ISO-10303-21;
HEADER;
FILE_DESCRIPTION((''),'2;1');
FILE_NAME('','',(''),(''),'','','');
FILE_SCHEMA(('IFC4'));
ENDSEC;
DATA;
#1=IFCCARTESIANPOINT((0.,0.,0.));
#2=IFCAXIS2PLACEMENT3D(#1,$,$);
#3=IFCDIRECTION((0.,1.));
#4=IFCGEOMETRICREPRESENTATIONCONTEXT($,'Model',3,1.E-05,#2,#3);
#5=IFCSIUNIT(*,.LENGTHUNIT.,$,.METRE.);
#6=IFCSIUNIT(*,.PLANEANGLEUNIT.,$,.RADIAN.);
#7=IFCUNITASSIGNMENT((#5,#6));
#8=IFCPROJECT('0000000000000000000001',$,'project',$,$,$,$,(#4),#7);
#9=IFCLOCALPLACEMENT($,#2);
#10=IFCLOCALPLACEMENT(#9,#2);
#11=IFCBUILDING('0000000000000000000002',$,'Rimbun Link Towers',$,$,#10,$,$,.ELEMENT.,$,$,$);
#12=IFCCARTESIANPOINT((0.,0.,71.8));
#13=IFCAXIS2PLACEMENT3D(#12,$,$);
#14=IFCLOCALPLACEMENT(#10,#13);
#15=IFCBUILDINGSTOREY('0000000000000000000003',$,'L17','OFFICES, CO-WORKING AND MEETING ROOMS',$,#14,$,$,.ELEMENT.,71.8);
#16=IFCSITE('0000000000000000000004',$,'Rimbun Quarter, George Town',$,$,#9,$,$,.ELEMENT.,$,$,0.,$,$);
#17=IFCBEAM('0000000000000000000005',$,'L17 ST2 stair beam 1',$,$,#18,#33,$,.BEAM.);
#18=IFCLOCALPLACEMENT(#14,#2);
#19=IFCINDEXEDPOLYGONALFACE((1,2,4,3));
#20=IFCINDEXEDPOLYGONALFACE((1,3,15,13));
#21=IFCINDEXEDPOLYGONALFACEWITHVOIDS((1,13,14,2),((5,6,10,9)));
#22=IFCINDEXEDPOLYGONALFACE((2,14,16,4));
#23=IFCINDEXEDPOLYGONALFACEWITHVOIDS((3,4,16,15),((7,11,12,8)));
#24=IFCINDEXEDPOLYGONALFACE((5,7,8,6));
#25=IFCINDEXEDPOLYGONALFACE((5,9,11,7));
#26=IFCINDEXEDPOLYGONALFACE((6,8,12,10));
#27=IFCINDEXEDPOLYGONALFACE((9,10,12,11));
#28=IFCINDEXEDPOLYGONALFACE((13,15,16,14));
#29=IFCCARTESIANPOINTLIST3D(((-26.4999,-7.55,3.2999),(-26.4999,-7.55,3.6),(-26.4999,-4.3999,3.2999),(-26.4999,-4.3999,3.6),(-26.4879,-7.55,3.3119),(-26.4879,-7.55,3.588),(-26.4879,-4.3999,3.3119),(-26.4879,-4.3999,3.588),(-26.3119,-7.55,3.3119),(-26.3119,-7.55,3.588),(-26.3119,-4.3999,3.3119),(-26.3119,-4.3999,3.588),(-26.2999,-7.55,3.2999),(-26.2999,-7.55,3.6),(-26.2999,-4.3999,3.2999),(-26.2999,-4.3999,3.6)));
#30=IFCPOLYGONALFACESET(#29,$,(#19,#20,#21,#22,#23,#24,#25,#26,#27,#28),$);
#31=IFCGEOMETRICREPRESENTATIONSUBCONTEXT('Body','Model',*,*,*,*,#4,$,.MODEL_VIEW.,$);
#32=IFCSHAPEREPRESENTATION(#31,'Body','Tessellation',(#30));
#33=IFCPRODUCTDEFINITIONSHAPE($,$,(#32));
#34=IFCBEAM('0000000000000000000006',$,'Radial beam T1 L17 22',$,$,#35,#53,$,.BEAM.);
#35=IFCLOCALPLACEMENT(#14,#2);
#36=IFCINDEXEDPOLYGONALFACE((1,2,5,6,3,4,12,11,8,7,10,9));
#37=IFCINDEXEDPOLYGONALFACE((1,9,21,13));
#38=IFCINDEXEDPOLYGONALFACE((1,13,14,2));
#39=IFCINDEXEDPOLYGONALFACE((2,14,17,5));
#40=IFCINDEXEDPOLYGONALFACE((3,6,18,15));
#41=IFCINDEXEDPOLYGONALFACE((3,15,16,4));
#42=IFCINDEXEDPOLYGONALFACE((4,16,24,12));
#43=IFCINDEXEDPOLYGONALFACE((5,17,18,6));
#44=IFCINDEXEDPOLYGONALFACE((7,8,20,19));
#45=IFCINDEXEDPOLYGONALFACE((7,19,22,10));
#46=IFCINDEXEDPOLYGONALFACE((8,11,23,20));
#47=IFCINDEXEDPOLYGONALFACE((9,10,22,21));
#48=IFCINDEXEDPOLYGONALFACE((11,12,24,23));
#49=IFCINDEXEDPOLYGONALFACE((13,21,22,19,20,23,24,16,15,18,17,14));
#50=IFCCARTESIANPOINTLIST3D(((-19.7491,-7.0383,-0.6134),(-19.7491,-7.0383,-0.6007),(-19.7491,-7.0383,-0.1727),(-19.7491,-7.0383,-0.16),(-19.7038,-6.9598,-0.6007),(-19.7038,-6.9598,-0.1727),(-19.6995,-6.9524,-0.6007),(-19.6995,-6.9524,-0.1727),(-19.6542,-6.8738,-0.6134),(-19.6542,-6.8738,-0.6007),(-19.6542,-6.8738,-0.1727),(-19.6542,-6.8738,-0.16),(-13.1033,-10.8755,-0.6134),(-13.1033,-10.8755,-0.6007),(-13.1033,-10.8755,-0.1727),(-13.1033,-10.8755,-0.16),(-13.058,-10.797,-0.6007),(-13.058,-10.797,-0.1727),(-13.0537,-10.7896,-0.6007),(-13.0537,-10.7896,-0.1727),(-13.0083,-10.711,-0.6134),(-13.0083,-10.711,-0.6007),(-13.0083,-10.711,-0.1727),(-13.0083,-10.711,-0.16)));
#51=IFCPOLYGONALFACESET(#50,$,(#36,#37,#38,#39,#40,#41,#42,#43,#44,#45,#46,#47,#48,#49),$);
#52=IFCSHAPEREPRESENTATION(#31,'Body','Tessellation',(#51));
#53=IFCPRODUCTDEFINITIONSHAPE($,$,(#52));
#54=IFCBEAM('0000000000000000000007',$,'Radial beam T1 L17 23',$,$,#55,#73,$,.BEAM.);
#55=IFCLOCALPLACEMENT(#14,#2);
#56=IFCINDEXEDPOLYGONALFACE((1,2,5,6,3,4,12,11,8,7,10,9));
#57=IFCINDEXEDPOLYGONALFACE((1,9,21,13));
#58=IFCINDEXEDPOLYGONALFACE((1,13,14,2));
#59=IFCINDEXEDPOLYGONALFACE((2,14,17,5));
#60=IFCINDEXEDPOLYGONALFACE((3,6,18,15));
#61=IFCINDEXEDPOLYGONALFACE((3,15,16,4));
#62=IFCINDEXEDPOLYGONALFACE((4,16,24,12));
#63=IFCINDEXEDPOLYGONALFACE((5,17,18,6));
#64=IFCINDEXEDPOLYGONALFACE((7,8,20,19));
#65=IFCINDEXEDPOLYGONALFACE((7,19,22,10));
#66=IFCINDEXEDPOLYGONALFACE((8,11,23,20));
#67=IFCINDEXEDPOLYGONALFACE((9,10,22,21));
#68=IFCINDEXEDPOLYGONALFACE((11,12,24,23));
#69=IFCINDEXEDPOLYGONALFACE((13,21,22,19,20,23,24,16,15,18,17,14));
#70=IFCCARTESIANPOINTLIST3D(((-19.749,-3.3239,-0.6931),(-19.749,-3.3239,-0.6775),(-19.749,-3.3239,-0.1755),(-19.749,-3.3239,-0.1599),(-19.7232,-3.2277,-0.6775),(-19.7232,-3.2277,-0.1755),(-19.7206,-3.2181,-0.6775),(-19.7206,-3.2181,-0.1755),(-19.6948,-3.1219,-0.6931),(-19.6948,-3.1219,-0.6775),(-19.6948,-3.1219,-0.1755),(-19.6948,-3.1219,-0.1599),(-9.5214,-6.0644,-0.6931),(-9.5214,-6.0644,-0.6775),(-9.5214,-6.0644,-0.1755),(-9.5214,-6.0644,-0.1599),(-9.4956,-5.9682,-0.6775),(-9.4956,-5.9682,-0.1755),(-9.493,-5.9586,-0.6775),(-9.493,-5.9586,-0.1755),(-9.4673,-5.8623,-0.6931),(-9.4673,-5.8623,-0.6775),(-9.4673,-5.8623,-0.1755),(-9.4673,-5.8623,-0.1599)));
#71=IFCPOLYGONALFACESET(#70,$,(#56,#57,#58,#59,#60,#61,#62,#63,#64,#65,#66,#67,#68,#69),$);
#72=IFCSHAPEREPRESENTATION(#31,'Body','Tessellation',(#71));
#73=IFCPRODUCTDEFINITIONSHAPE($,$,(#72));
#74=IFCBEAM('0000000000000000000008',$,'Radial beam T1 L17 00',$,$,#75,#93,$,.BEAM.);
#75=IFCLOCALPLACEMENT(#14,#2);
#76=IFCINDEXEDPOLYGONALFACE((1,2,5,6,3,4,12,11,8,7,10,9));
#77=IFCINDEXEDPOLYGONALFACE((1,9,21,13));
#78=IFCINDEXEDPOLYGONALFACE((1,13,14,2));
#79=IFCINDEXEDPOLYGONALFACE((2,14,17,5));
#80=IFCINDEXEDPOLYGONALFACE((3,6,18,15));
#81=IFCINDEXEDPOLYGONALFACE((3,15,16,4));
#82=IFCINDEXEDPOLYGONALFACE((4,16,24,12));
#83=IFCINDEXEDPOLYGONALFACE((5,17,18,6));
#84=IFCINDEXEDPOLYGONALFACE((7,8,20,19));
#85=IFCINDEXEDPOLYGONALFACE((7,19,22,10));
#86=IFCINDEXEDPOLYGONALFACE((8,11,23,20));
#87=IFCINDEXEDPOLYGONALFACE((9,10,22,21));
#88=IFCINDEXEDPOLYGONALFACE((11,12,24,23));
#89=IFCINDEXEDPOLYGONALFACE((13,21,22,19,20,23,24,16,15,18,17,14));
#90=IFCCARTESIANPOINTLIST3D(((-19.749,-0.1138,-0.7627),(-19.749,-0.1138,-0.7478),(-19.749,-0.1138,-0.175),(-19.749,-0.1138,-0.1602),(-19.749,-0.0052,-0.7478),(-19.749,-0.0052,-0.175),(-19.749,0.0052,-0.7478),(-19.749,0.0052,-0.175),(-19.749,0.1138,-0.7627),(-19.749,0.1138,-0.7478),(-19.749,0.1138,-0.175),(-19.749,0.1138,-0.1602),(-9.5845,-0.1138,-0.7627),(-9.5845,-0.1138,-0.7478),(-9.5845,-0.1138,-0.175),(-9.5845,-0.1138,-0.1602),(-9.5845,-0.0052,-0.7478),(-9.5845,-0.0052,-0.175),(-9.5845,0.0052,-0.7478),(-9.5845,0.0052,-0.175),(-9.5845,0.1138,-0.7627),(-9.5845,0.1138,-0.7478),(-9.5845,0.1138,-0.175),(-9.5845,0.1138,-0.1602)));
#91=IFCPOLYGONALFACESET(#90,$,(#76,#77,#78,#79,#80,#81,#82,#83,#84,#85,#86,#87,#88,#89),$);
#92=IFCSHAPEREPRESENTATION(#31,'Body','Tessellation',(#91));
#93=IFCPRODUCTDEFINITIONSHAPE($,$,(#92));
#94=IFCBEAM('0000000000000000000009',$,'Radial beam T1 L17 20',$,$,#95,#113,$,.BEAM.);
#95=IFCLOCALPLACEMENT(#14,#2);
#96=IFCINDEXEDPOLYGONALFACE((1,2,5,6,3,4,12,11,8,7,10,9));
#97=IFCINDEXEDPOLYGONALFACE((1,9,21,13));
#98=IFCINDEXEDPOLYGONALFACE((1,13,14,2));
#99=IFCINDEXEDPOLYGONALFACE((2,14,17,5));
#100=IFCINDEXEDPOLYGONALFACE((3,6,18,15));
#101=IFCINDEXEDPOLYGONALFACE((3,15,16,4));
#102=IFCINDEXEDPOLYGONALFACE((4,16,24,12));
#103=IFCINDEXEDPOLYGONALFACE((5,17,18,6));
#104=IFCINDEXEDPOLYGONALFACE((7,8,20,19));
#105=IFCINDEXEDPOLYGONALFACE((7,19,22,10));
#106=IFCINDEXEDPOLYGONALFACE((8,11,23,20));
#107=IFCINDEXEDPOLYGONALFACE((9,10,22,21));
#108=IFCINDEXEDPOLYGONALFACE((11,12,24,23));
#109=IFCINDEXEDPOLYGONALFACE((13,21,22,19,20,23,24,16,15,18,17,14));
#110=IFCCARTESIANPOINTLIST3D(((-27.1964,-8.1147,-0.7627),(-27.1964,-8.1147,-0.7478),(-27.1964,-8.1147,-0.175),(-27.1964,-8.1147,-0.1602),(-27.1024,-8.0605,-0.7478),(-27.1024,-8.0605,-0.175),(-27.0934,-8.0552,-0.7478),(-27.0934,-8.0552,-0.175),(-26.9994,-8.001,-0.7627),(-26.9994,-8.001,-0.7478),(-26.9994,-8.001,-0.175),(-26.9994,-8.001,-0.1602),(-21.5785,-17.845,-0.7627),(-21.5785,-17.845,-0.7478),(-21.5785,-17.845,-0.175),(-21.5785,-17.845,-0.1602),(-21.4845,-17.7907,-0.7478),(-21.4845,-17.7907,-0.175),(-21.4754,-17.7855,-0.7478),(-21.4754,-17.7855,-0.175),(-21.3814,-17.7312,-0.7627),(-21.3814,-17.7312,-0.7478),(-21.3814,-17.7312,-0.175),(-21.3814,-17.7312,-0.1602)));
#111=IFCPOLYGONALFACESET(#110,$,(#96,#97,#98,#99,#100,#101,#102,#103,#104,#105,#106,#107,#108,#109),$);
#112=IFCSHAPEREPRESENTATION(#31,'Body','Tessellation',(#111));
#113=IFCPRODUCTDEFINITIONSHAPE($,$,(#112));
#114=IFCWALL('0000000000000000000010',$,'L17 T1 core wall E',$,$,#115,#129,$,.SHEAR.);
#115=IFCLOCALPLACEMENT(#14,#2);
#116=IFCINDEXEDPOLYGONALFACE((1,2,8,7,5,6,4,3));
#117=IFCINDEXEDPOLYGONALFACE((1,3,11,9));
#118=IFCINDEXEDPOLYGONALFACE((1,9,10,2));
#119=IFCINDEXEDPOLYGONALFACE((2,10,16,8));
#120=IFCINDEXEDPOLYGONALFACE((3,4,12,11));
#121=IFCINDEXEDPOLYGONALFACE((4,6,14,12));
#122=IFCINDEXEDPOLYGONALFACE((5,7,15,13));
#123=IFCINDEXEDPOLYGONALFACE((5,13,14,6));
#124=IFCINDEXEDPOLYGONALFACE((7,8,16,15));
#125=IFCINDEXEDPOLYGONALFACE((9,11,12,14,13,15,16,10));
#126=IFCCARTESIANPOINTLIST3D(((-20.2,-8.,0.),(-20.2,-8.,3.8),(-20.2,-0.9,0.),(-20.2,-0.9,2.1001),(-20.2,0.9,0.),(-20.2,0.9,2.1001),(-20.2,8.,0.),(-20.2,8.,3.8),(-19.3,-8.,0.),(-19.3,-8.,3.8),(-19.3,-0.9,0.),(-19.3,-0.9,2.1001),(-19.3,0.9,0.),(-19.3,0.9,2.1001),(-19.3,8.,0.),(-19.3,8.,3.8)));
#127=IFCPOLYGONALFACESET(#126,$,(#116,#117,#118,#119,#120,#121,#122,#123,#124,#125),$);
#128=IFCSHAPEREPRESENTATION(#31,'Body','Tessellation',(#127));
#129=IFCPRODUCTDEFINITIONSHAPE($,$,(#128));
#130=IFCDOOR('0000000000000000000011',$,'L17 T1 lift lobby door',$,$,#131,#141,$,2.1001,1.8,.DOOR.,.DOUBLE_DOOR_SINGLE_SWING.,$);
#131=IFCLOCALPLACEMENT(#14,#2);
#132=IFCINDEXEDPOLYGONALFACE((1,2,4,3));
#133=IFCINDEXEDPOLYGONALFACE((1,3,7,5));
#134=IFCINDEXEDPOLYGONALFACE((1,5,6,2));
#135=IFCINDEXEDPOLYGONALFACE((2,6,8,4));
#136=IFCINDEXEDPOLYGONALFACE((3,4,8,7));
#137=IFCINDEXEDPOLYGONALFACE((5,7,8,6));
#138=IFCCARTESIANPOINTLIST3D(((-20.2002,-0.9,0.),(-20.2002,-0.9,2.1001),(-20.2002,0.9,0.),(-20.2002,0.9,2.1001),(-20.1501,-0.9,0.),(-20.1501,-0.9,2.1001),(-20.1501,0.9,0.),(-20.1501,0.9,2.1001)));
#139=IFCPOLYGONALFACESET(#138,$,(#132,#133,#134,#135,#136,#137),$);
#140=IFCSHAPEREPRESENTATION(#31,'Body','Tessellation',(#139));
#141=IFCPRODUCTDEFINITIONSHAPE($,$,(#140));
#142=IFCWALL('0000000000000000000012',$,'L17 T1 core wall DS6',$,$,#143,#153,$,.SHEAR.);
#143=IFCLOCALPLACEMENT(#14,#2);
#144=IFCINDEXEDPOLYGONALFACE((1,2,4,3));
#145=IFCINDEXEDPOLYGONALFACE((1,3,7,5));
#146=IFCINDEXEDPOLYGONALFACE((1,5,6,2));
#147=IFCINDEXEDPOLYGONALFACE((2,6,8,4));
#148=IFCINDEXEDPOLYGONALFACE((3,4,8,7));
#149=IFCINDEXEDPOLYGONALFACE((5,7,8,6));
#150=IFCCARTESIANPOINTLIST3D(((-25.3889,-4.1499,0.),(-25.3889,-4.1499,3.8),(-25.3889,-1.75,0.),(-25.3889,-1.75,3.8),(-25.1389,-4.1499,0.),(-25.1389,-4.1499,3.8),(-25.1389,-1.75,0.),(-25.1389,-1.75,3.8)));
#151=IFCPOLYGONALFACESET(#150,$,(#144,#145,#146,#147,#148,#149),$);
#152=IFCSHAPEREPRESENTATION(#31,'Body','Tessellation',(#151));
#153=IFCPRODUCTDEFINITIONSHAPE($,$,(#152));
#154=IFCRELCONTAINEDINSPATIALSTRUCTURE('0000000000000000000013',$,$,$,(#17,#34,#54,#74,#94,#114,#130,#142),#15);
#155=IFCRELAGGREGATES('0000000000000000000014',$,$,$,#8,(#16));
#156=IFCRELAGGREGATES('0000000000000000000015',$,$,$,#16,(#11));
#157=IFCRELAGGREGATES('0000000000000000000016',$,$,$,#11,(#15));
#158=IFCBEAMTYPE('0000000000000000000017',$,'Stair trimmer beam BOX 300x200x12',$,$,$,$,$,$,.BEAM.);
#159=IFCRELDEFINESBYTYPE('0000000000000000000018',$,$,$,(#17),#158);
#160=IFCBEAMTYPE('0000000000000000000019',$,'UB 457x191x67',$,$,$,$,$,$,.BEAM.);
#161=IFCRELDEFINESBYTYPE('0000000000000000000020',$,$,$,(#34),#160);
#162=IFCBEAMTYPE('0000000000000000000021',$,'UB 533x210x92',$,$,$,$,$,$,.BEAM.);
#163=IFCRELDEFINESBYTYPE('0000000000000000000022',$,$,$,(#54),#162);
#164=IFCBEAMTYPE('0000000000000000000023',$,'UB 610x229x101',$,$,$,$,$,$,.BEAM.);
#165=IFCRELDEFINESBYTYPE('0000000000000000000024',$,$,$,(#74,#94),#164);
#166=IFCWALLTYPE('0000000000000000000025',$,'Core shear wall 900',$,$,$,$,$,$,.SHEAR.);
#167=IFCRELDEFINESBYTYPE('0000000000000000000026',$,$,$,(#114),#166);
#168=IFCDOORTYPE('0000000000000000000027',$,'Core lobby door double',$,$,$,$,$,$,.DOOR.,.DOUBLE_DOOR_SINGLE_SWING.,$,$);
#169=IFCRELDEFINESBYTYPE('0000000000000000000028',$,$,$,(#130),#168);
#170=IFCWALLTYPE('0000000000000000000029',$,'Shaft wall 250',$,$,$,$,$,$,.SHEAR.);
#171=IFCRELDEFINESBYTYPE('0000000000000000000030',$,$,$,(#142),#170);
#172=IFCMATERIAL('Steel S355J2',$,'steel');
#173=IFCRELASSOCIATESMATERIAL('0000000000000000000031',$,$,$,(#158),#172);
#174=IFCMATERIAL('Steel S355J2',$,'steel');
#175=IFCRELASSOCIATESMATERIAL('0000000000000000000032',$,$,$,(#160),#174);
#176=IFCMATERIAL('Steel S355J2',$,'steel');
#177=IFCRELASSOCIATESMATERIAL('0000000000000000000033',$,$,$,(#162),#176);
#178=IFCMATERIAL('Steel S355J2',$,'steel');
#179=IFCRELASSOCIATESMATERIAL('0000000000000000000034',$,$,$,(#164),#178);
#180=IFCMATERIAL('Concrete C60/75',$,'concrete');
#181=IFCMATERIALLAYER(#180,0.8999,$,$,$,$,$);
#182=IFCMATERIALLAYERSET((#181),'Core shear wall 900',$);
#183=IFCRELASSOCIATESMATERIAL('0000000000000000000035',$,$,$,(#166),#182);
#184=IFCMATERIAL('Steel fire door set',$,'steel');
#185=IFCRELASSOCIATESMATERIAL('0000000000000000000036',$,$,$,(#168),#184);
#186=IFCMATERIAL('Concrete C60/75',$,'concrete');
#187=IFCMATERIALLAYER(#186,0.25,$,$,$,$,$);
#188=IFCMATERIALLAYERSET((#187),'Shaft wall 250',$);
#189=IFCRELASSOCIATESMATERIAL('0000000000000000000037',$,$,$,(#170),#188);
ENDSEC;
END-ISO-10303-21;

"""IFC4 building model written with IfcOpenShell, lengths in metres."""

from ifc_helpers import new_model, si_unit, direction, frame, frame_2d, origin, origin_2d, place, context, subcontext, project, spatial, rectangle, hollow_rectangle, i_section, extrude, material, layer, layer_set, material_profile, profile_set, type_object, element, fill, save


model = new_model("IFC4")

# Units and contexts
model_context = context("Model", 3, precision=1e-05, world=origin(), true_north=direction((0.0, 1.0)))
body_context = subcontext(model_context, "Body", "Model", "MODEL_VIEW")
ifc_project = project(units=[si_unit("LENGTHUNIT", "METRE"), si_unit("PLANEANGLEUNIT", "RADIAN")], contexts=[model_context])

# Site, building, storey
site_placement = place(None, origin())
site = spatial("IfcSite", under=ifc_project, at=site_placement, Name="Rimbun Quarter, George Town", CompositionType="ELEMENT", RefElevation=0.0)
building_placement = place(site_placement, origin())
building = spatial("IfcBuilding", under=site, at=building_placement, Name="Rimbun Link Towers", CompositionType="ELEMENT")
storey_placement = place(building_placement, frame((0.0, 0.0, 71.8)))
storey = spatial("IfcBuildingStorey", under=building, at=storey_placement, Name="L17", Description="OFFICES, CO-WORKING AND MEETING ROOMS", CompositionType="ELEMENT", Elevation=71.8)

# Beams
ifc_material_1 = material(Name="Steel S355J2", Category="steel")
ifc_material_profile_1 = material_profile(ifc_material_1, hollow_rectangle(XDim=0.2, YDim=0.3, WallThickness=0.012, at=origin_2d()), Name="BOX 300x200x12")
ifc_profile_set_1 = profile_set([ifc_material_profile_1], Name="Steel S355J2")
beam_type_1 = type_object("IfcBeamType", Name="Stair trimmer beam BOX 300x200x12", PredefinedType="BEAM", material=ifc_profile_set_1)
beam_1_placement = place(storey_placement, frame((-26.3999, -7.55, 3.45), z_axis=(0.0, 1.0, 0.0), x_axis=(-1.0, 0.0, 0.0)))
element("IfcBeam", 1, at=beam_1_placement, inside=storey, type_object=beam_type_1, Name="L17 ST2 stair beam 1", PredefinedType="BEAM", context=body_context, shape_type="SweptSolid", body=[
    extrude(hollow_rectangle(XDim=0.2, YDim=0.3, WallThickness=0.012, at=origin_2d()), origin(), (0.0, 0.0, 1.0), 3.1501),
])
ifc_material_2 = material(Name="Steel S355J2", Category="steel")
ifc_material_profile_2 = material_profile(ifc_material_2, i_section(OverallWidth=0.1899, OverallDepth=0.4534, WebThickness=0.0085, FlangeThickness=0.0127, at=origin_2d()), Name="UB 457x191x67")
ifc_profile_set_2 = profile_set([ifc_material_profile_2], Name="Steel S355J2")
beam_type_2 = type_object("IfcBeamType", Name="UB 457x191x67", PredefinedType="BEAM", material=ifc_profile_set_2)
beam_2_placement = place(storey_placement, frame((-19.7017, -6.9561, -0.3867), z_axis=(0.866012, -0.500023, 0.0), x_axis=(0.500023, 0.866012, 0.0)))
element("IfcBeam", 2, at=beam_2_placement, inside=storey, type_object=beam_type_2, Name="Radial beam T1 L17 22", PredefinedType="BEAM", context=body_context, shape_type="SweptSolid", body=[
    extrude(i_section(OverallWidth=0.1899, OverallDepth=0.4534, WebThickness=0.0085, FlangeThickness=0.0127, at=origin_2d()), origin(), (0.0, 0.0, 1.0), 7.6741),
])
ifc_material_3 = material(Name="Steel S355J2", Category="steel")
ifc_material_profile_3 = material_profile(ifc_material_3, i_section(OverallWidth=0.2092, OverallDepth=0.5332, WebThickness=0.01, FlangeThickness=0.0156, at=origin_2d()), Name="UB 533x210x92")
ifc_profile_set_3 = profile_set([ifc_material_profile_3], Name="Steel S355J2")
beam_type_3 = type_object("IfcBeamType", Name="UB 533x210x92", PredefinedType="BEAM", material=ifc_profile_set_3)
beam_3_placement = place(storey_placement, frame((-19.7219, -3.2229, -0.4265), z_axis=(0.965925, -0.258821, 0.0), x_axis=(0.258821, 0.965925, 0.0)))
element("IfcBeam", 3, at=beam_3_placement, inside=storey, type_object=beam_type_3, Name="Radial beam T1 L17 23", PredefinedType="BEAM", context=body_context, shape_type="SweptSolid", body=[
    extrude(i_section(OverallWidth=0.2092, OverallDepth=0.5332, WebThickness=0.01, FlangeThickness=0.0156, at=origin_2d()), origin(), (0.0, 0.0, 1.0), 10.5884),
])
ifc_material_4 = material(Name="Steel S355J2", Category="steel")
ifc_material_profile_4 = material_profile(ifc_material_4, i_section(OverallWidth=0.2275, OverallDepth=0.6025, WebThickness=0.0105, FlangeThickness=0.0149, at=origin_2d()), Name="UB 610x229x101")
ifc_profile_set_4 = profile_set([ifc_material_profile_4], Name="Steel S355J2")
beam_type_4 = type_object("IfcBeamType", Name="UB 610x229x101", PredefinedType="BEAM", material=ifc_profile_set_4)
beam_4_placement = place(storey_placement, frame((-19.749, 0.0, -0.4614), z_axis=(1.0, 0.0, 0.0), x_axis=(0.0, 1.0, 0.0)))
element("IfcBeam", 4, at=beam_4_placement, inside=storey, type_object=beam_type_4, Name="Radial beam T1 L17 00", PredefinedType="BEAM", context=body_context, shape_type="SweptSolid", body=[
    extrude(i_section(OverallWidth=0.2275, OverallDepth=0.6025, WebThickness=0.0105, FlangeThickness=0.0149, at=origin_2d()), origin(), (0.0, 0.0, 1.0), 10.1646),
])
beam_5_placement = place(storey_placement, frame((-27.0979, -8.0579, -0.4614), z_axis=(0.500011, -0.866019, 0.0), x_axis=(0.866019, 0.500011, 0.0)))
element("IfcBeam", 5, at=beam_5_placement, inside=storey, type_object=beam_type_4, Name="Radial beam T1 L17 20", PredefinedType="BEAM", context=body_context, shape_type="SweptSolid", body=[
    extrude(i_section(OverallWidth=0.2275, OverallDepth=0.6025, WebThickness=0.0105, FlangeThickness=0.0149, at=origin_2d()), origin(), (0.0, 0.0, 1.0), 11.2356),
])

# Wall, opening, door
ifc_material_5 = material(Name="Concrete C60/75", Category="concrete")
ifc_layer_1 = layer(ifc_material_5, 0.8999)
ifc_layer_set_1 = layer_set([ifc_layer_1], Name="Core shear wall 900")
wall_type_1 = type_object("IfcWallType", Name="Core shear wall 900", PredefinedType="SHEAR", material=ifc_layer_set_1)
wall_1_placement = place(storey_placement, frame((-19.75, -8.0, 0.0), z_axis=(0.0, 0.0, 1.0), x_axis=(0.0, 1.0, 0.0)))
wall_1 = element("IfcWall", 6, at=wall_1_placement, inside=storey, type_object=wall_type_1, Name="L17 T1 core wall E", PredefinedType="SHEAR", context=body_context, shape_type="SweptSolid", body=[
    extrude(rectangle(XDim=16.0, YDim=0.8999, at=frame_2d((8.0, 0.0))), origin(), (0.0, 0.0, 1.0), 3.8),
])
opening_1_placement = place(wall_1_placement, frame((7.1001, 0.0, 0.0)))
opening_1 = element("IfcOpeningElement", 7, at=opening_1_placement, cuts=wall_1, PredefinedType="OPENING", context=body_context, shape_type="SweptSolid", body=[
    extrude(rectangle(XDim=1.8, YDim=2.1001, at=frame_2d((0.8999, 1.05))), frame((0.0, 0.46, 0.0), z_axis=(0.0, -1.0, 0.0), x_axis=(1.0, 0.0, 0.0)), (0.0, 0.0, 1.0), 0.9199),
])
ifc_material_6 = material(Name="Steel fire door set", Category="steel")
door_type_1 = type_object("IfcDoorType", Name="Core lobby door double", OperationType="DOUBLE_DOOR_SINGLE_SWING", PredefinedType="DOOR", material=ifc_material_6)
door_1_placement = place(opening_1_placement, origin())
door_1 = element("IfcDoor", 8, at=door_1_placement, inside=storey, type_object=door_type_1, Name="L17 T1 lift lobby door", OperationType="DOUBLE_DOOR_SINGLE_SWING", OverallHeight=2.1001, OverallWidth=1.8, PredefinedType="DOOR", context=body_context, shape_type="SweptSolid", body=[
    extrude(rectangle(XDim=1.8, YDim=2.1001, at=frame_2d((0.8999, 1.05))), frame((0.0, 0.4502, 0.0), z_axis=(0.0, -1.0, 0.0), x_axis=(1.0, 0.0, 0.0)), (0.0, 0.0, 1.0), 0.05),
])
fill(opening_1, door_1)

# Wall
ifc_material_7 = material(Name="Concrete C60/75", Category="concrete")
ifc_layer_2 = layer(ifc_material_7, 0.25)
ifc_layer_set_2 = layer_set([ifc_layer_2], Name="Shaft wall 250")
wall_type_2 = type_object("IfcWallType", Name="Shaft wall 250", PredefinedType="SHEAR", material=ifc_layer_set_2)
wall_2_placement = place(storey_placement, frame((-25.2639, -4.1499, 0.0), z_axis=(0.0, 0.0, 1.0), x_axis=(0.0, 1.0, 0.0)))
element("IfcWall", 9, at=wall_2_placement, inside=storey, type_object=wall_type_2, Name="L17 T1 core wall DS6", PredefinedType="SHEAR", context=body_context, shape_type="SweptSolid", body=[
    extrude(rectangle(XDim=2.3999, YDim=0.25, at=frame_2d((1.2, 0.0))), origin(), (0.0, 0.0, 1.0), 3.8),
])

save(model, "model.ifc")
